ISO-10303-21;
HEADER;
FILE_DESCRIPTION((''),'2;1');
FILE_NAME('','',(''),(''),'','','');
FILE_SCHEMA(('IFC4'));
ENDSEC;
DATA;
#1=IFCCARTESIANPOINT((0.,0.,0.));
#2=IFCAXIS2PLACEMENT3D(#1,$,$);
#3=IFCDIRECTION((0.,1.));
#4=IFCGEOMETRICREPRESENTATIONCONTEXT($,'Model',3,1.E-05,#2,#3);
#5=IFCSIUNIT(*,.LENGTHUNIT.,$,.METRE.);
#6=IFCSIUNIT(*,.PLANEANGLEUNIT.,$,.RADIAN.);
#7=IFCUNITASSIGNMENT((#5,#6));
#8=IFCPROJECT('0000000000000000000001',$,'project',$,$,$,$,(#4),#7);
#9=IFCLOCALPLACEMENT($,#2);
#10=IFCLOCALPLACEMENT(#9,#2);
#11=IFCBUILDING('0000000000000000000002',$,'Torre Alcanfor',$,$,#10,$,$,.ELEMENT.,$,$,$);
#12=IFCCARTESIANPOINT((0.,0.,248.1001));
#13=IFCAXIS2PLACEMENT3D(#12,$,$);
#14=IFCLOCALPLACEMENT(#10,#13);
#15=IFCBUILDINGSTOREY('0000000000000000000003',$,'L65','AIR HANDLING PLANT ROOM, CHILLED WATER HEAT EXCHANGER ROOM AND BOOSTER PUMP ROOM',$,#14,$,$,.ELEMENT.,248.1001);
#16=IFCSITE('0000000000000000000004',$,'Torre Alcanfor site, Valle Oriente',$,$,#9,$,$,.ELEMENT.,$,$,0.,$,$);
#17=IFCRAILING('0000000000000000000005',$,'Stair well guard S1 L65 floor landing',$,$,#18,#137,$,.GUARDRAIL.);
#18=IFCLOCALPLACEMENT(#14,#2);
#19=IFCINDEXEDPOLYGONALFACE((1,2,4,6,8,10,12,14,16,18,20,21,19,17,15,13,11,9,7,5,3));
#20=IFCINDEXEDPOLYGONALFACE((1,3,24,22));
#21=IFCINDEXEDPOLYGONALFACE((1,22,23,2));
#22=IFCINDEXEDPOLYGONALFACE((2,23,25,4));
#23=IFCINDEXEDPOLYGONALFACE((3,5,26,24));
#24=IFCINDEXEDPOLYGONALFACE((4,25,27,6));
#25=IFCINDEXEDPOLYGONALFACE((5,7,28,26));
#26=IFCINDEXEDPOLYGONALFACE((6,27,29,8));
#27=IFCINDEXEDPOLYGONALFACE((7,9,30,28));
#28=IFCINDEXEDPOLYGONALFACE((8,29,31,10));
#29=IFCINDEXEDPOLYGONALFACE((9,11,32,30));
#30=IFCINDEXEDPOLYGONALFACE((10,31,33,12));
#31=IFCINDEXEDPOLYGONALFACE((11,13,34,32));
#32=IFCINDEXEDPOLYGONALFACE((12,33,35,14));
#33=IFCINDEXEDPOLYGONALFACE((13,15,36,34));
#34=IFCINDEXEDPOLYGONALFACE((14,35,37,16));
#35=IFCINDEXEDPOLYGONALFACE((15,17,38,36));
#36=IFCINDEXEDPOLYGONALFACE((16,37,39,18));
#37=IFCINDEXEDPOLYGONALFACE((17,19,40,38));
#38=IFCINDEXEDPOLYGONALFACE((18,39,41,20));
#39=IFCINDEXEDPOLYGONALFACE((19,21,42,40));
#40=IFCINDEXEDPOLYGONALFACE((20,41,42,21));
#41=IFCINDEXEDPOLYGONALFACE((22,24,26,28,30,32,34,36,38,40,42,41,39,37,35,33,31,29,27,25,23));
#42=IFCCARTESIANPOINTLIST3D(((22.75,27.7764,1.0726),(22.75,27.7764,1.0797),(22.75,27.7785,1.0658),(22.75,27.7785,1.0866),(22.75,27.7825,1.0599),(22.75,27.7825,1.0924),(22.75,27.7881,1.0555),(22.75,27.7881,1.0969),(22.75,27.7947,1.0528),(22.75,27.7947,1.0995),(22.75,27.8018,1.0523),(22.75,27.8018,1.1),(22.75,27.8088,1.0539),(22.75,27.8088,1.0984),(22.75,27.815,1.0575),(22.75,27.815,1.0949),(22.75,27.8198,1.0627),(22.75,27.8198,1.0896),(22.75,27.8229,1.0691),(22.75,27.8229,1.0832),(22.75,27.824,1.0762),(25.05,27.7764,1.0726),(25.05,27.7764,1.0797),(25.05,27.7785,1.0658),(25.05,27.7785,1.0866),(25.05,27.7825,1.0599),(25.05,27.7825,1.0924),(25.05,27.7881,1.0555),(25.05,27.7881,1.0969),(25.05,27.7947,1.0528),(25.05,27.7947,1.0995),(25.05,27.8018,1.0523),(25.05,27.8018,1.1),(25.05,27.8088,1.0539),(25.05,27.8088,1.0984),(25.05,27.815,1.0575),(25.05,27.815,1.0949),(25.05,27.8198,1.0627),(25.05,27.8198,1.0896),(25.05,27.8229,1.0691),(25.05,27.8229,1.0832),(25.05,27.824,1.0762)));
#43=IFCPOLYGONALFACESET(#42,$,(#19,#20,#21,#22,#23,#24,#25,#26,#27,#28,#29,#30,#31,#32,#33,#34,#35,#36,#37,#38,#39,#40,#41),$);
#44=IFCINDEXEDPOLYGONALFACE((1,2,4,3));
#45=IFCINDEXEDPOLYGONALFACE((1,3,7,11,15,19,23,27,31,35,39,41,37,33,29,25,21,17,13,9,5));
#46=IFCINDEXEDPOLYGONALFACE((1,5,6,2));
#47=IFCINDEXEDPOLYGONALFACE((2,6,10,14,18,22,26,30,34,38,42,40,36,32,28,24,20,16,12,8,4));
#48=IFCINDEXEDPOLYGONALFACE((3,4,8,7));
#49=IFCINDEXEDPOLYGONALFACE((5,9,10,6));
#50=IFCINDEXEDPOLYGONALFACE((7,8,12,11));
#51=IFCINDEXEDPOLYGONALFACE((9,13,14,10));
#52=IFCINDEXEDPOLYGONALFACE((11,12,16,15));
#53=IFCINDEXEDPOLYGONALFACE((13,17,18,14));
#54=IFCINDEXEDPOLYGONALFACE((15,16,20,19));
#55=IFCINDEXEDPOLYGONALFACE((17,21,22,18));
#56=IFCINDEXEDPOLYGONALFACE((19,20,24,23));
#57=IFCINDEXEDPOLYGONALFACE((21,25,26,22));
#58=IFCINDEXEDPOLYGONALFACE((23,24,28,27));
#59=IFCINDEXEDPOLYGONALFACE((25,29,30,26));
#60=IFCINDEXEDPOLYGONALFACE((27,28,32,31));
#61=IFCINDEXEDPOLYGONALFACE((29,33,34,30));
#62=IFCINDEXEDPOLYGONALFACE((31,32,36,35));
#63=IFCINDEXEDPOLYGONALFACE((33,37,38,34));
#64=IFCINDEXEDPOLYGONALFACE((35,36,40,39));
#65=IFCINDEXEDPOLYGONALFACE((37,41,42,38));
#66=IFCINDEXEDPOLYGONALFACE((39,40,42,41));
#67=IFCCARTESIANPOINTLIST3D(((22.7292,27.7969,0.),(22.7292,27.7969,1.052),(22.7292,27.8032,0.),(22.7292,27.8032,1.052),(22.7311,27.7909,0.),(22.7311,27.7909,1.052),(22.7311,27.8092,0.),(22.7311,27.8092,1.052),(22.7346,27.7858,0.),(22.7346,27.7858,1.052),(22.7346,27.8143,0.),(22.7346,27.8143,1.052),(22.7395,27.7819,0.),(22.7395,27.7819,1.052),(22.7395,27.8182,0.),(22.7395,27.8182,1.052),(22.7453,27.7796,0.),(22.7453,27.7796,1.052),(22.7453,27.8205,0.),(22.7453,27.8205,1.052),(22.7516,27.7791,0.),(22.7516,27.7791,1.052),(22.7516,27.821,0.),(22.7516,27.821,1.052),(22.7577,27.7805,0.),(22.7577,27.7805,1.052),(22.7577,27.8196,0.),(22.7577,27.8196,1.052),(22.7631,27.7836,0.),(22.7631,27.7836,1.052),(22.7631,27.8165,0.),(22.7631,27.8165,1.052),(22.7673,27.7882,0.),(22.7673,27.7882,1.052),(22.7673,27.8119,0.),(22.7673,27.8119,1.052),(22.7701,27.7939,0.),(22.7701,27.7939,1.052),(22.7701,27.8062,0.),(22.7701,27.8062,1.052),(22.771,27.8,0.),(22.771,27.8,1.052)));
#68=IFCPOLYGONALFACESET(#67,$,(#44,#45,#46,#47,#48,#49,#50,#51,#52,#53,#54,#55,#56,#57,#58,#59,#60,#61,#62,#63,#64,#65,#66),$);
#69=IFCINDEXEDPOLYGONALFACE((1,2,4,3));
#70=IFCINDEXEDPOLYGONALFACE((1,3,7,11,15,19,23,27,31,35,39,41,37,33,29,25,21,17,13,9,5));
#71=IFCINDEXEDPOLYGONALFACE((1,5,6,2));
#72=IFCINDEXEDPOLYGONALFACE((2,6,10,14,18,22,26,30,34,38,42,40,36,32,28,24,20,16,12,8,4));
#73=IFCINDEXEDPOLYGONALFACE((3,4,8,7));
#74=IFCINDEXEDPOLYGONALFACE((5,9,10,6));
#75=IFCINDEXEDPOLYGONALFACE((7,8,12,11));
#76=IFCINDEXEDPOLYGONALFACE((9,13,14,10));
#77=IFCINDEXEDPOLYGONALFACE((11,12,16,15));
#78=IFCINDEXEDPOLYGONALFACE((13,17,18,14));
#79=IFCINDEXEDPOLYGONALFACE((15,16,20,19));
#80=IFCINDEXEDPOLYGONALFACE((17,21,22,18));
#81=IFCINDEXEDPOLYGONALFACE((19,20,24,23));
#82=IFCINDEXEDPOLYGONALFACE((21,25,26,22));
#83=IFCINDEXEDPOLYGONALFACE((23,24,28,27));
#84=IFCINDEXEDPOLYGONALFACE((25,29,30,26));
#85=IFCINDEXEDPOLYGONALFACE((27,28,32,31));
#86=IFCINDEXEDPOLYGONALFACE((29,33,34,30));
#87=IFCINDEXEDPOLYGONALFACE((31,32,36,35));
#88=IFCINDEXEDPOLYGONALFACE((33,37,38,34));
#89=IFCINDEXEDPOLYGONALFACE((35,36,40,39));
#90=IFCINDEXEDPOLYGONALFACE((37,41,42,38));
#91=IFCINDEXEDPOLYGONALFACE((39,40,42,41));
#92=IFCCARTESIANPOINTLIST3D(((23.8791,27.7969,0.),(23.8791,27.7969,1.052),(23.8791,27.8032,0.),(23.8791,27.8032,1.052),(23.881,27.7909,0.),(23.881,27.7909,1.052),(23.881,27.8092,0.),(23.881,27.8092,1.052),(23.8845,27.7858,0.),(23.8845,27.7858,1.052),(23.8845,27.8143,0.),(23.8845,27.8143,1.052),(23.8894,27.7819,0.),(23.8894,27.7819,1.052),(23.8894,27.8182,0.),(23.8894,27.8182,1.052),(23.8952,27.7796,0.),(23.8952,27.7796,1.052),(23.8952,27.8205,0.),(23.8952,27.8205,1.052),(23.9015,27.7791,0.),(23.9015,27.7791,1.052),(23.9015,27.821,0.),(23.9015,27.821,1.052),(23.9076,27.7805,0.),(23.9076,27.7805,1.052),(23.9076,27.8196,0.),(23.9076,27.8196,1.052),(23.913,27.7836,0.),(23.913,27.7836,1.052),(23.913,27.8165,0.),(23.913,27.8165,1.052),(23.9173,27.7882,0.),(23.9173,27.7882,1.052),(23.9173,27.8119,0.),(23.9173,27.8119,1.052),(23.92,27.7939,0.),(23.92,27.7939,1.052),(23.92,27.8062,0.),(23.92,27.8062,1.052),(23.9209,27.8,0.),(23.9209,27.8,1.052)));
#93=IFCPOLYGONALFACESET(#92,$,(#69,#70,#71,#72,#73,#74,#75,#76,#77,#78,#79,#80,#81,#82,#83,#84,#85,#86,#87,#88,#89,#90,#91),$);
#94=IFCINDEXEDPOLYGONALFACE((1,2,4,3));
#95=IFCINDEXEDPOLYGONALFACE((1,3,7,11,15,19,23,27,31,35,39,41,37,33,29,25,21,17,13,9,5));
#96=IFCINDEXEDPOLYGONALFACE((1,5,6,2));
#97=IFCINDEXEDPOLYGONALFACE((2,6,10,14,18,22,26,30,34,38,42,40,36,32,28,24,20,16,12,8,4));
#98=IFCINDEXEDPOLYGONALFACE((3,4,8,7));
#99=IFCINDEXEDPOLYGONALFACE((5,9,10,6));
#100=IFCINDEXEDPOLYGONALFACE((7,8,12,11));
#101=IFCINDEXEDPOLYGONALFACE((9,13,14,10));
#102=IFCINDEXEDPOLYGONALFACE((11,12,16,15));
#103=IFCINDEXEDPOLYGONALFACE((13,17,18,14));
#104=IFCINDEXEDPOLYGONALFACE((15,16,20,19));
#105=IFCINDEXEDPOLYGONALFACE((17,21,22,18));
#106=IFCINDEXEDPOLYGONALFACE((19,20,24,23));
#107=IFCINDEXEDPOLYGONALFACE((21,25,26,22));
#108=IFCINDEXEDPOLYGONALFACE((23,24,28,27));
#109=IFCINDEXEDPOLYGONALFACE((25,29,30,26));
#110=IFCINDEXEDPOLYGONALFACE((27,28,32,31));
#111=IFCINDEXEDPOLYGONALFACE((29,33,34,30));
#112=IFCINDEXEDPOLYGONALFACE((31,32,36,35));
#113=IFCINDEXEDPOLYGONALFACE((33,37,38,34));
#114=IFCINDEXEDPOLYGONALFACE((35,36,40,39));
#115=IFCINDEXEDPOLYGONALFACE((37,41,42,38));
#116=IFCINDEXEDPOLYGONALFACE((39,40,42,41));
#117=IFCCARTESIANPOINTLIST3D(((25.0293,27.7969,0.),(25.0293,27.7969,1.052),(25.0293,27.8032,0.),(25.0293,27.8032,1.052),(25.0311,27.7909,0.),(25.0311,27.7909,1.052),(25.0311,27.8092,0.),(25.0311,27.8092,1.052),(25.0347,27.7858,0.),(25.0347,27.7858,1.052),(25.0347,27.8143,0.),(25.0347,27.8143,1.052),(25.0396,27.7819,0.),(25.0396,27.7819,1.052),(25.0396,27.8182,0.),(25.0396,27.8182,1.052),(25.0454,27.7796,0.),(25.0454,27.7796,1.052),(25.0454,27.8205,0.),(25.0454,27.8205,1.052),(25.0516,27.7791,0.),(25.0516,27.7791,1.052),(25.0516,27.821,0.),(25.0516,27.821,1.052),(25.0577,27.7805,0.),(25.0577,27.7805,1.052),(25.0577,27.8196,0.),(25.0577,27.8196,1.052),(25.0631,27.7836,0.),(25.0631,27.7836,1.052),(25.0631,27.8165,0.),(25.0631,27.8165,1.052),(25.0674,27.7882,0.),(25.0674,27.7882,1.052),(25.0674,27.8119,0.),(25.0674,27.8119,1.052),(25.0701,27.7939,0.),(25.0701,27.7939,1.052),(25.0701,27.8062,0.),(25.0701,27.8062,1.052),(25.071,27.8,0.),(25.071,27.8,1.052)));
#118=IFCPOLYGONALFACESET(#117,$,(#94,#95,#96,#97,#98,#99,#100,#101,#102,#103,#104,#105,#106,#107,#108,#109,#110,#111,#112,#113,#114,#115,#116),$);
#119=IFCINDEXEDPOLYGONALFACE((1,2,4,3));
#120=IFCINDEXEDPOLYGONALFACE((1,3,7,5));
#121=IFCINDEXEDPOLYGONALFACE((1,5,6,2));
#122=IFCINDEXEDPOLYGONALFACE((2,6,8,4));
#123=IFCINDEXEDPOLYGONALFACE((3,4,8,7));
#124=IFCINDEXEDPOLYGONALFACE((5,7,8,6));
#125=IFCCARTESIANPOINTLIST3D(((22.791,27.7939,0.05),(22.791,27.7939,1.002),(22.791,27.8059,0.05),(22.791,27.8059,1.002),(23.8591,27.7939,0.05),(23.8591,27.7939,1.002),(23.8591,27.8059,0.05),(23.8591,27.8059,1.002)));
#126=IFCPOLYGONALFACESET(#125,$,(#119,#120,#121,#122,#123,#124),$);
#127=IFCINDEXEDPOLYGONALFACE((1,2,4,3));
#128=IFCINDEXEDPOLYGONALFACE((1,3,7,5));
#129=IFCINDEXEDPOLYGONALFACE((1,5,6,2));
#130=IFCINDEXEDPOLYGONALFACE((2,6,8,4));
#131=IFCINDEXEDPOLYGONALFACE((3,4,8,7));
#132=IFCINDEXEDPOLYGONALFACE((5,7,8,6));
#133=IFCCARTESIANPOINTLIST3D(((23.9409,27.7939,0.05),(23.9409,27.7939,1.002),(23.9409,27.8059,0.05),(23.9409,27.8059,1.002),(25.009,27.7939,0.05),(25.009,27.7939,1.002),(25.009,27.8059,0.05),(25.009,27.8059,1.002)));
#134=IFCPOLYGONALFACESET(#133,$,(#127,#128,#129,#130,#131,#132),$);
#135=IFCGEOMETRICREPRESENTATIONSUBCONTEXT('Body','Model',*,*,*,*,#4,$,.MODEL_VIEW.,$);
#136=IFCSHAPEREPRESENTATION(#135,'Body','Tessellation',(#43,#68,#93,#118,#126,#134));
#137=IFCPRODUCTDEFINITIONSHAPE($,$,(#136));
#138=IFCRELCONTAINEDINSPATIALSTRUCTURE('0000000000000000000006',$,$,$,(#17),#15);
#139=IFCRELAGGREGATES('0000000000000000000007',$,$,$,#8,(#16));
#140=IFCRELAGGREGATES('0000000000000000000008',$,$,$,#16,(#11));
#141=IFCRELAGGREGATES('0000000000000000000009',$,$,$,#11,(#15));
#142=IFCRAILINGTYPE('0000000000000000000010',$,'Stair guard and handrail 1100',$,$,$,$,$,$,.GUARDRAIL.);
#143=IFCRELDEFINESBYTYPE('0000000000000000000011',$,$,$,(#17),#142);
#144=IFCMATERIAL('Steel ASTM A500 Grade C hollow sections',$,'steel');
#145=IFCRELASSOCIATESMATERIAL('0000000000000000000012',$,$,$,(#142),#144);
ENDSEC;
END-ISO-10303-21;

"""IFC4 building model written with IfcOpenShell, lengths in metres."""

from ifc_helpers import new_model, si_unit, direction, frame, origin, origin_2d, place, context, subcontext, project, spatial, polyline, circle, outline, extrude, material, type_object, element, save


model = new_model("IFC4")

# Units and contexts
model_context = context("Model", 3, precision=1e-05, world=origin(), true_north=direction((0.0, 1.0)))
body_context = subcontext(model_context, "Body", "Model", "MODEL_VIEW")
ifc_project = project(units=[si_unit("LENGTHUNIT", "METRE"), si_unit("PLANEANGLEUNIT", "RADIAN")], contexts=[model_context])

# Site, building, storey
site_placement = place(None, origin())
site = spatial("IfcSite", under=ifc_project, at=site_placement, Name="Torre Alcanfor site, Valle Oriente", CompositionType="ELEMENT", RefElevation=0.0)
building_placement = place(site_placement, origin())
building = spatial("IfcBuilding", under=site, at=building_placement, Name="Torre Alcanfor", CompositionType="ELEMENT")
storey_placement = place(building_placement, frame((0.0, 0.0, 248.1001)))
storey = spatial("IfcBuildingStorey", under=building, at=storey_placement, Name="L65", Description="AIR HANDLING PLANT ROOM, CHILLED WATER HEAT EXCHANGER ROOM AND BOOSTER PUMP ROOM", CompositionType="ELEMENT", Elevation=248.1001)

# Railing
ifc_material_1 = material(Name="Steel ASTM A500 Grade C hollow sections", Category="steel")
railing_type_1 = type_object("IfcRailingType", Name="Stair guard and handrail 1100", PredefinedType="GUARDRAIL", material=ifc_material_1)
railing_1_placement = place(storey_placement, frame((22.75, 27.8, 0.0)))
element("IfcRailing", 1, at=railing_1_placement, inside=storey, type_object=railing_type_1, Name="Stair well guard S1 L65 floor landing", PredefinedType="GUARDRAIL", context=body_context, shape_type="SweptSolid", body=[
    extrude(circle(Radius=0.0239, at=origin_2d()), frame((0.0, 0.0, 1.0762), z_axis=(1.0, 0.0, 0.0), x_axis=(0.0, 1.0, 0.0)), (0.0, 0.0, 1.0), 2.3),
    extrude(circle(Radius=0.021, at=origin_2d()), origin(), (0.0, 0.0, 1.0), 1.052),
    extrude(circle(Radius=0.021, at=origin_2d()), frame((1.1499, 0.0, 0.0)), (0.0, 0.0, 1.0), 1.052),
    extrude(circle(Radius=0.021, at=origin_2d()), frame((2.3, 0.0, 0.0)), (0.0, 0.0, 1.0), 1.052),
    extrude(outline(polyline([(0.041, 0.05), (1.1091, 0.05), (1.1091, 1.002), (0.041, 1.002), (0.041, 0.05)])), frame((0.0, 0.0059, 0.0), z_axis=(0.0, -1.0, 0.0), x_axis=(1.0, 0.0, 0.0)), (0.0, 0.0, 1.0), 0.012),
    extrude(outline(polyline([(1.1909, 0.05), (2.259, 0.05), (2.259, 1.002), (1.1909, 1.002), (1.1909, 0.05)])), frame((0.0, 0.0059, 0.0), z_axis=(0.0, -1.0, 0.0), x_axis=(1.0, 0.0, 0.0)), (0.0, 0.0, 1.0), 0.012),
])

save(model, "model.ifc")
